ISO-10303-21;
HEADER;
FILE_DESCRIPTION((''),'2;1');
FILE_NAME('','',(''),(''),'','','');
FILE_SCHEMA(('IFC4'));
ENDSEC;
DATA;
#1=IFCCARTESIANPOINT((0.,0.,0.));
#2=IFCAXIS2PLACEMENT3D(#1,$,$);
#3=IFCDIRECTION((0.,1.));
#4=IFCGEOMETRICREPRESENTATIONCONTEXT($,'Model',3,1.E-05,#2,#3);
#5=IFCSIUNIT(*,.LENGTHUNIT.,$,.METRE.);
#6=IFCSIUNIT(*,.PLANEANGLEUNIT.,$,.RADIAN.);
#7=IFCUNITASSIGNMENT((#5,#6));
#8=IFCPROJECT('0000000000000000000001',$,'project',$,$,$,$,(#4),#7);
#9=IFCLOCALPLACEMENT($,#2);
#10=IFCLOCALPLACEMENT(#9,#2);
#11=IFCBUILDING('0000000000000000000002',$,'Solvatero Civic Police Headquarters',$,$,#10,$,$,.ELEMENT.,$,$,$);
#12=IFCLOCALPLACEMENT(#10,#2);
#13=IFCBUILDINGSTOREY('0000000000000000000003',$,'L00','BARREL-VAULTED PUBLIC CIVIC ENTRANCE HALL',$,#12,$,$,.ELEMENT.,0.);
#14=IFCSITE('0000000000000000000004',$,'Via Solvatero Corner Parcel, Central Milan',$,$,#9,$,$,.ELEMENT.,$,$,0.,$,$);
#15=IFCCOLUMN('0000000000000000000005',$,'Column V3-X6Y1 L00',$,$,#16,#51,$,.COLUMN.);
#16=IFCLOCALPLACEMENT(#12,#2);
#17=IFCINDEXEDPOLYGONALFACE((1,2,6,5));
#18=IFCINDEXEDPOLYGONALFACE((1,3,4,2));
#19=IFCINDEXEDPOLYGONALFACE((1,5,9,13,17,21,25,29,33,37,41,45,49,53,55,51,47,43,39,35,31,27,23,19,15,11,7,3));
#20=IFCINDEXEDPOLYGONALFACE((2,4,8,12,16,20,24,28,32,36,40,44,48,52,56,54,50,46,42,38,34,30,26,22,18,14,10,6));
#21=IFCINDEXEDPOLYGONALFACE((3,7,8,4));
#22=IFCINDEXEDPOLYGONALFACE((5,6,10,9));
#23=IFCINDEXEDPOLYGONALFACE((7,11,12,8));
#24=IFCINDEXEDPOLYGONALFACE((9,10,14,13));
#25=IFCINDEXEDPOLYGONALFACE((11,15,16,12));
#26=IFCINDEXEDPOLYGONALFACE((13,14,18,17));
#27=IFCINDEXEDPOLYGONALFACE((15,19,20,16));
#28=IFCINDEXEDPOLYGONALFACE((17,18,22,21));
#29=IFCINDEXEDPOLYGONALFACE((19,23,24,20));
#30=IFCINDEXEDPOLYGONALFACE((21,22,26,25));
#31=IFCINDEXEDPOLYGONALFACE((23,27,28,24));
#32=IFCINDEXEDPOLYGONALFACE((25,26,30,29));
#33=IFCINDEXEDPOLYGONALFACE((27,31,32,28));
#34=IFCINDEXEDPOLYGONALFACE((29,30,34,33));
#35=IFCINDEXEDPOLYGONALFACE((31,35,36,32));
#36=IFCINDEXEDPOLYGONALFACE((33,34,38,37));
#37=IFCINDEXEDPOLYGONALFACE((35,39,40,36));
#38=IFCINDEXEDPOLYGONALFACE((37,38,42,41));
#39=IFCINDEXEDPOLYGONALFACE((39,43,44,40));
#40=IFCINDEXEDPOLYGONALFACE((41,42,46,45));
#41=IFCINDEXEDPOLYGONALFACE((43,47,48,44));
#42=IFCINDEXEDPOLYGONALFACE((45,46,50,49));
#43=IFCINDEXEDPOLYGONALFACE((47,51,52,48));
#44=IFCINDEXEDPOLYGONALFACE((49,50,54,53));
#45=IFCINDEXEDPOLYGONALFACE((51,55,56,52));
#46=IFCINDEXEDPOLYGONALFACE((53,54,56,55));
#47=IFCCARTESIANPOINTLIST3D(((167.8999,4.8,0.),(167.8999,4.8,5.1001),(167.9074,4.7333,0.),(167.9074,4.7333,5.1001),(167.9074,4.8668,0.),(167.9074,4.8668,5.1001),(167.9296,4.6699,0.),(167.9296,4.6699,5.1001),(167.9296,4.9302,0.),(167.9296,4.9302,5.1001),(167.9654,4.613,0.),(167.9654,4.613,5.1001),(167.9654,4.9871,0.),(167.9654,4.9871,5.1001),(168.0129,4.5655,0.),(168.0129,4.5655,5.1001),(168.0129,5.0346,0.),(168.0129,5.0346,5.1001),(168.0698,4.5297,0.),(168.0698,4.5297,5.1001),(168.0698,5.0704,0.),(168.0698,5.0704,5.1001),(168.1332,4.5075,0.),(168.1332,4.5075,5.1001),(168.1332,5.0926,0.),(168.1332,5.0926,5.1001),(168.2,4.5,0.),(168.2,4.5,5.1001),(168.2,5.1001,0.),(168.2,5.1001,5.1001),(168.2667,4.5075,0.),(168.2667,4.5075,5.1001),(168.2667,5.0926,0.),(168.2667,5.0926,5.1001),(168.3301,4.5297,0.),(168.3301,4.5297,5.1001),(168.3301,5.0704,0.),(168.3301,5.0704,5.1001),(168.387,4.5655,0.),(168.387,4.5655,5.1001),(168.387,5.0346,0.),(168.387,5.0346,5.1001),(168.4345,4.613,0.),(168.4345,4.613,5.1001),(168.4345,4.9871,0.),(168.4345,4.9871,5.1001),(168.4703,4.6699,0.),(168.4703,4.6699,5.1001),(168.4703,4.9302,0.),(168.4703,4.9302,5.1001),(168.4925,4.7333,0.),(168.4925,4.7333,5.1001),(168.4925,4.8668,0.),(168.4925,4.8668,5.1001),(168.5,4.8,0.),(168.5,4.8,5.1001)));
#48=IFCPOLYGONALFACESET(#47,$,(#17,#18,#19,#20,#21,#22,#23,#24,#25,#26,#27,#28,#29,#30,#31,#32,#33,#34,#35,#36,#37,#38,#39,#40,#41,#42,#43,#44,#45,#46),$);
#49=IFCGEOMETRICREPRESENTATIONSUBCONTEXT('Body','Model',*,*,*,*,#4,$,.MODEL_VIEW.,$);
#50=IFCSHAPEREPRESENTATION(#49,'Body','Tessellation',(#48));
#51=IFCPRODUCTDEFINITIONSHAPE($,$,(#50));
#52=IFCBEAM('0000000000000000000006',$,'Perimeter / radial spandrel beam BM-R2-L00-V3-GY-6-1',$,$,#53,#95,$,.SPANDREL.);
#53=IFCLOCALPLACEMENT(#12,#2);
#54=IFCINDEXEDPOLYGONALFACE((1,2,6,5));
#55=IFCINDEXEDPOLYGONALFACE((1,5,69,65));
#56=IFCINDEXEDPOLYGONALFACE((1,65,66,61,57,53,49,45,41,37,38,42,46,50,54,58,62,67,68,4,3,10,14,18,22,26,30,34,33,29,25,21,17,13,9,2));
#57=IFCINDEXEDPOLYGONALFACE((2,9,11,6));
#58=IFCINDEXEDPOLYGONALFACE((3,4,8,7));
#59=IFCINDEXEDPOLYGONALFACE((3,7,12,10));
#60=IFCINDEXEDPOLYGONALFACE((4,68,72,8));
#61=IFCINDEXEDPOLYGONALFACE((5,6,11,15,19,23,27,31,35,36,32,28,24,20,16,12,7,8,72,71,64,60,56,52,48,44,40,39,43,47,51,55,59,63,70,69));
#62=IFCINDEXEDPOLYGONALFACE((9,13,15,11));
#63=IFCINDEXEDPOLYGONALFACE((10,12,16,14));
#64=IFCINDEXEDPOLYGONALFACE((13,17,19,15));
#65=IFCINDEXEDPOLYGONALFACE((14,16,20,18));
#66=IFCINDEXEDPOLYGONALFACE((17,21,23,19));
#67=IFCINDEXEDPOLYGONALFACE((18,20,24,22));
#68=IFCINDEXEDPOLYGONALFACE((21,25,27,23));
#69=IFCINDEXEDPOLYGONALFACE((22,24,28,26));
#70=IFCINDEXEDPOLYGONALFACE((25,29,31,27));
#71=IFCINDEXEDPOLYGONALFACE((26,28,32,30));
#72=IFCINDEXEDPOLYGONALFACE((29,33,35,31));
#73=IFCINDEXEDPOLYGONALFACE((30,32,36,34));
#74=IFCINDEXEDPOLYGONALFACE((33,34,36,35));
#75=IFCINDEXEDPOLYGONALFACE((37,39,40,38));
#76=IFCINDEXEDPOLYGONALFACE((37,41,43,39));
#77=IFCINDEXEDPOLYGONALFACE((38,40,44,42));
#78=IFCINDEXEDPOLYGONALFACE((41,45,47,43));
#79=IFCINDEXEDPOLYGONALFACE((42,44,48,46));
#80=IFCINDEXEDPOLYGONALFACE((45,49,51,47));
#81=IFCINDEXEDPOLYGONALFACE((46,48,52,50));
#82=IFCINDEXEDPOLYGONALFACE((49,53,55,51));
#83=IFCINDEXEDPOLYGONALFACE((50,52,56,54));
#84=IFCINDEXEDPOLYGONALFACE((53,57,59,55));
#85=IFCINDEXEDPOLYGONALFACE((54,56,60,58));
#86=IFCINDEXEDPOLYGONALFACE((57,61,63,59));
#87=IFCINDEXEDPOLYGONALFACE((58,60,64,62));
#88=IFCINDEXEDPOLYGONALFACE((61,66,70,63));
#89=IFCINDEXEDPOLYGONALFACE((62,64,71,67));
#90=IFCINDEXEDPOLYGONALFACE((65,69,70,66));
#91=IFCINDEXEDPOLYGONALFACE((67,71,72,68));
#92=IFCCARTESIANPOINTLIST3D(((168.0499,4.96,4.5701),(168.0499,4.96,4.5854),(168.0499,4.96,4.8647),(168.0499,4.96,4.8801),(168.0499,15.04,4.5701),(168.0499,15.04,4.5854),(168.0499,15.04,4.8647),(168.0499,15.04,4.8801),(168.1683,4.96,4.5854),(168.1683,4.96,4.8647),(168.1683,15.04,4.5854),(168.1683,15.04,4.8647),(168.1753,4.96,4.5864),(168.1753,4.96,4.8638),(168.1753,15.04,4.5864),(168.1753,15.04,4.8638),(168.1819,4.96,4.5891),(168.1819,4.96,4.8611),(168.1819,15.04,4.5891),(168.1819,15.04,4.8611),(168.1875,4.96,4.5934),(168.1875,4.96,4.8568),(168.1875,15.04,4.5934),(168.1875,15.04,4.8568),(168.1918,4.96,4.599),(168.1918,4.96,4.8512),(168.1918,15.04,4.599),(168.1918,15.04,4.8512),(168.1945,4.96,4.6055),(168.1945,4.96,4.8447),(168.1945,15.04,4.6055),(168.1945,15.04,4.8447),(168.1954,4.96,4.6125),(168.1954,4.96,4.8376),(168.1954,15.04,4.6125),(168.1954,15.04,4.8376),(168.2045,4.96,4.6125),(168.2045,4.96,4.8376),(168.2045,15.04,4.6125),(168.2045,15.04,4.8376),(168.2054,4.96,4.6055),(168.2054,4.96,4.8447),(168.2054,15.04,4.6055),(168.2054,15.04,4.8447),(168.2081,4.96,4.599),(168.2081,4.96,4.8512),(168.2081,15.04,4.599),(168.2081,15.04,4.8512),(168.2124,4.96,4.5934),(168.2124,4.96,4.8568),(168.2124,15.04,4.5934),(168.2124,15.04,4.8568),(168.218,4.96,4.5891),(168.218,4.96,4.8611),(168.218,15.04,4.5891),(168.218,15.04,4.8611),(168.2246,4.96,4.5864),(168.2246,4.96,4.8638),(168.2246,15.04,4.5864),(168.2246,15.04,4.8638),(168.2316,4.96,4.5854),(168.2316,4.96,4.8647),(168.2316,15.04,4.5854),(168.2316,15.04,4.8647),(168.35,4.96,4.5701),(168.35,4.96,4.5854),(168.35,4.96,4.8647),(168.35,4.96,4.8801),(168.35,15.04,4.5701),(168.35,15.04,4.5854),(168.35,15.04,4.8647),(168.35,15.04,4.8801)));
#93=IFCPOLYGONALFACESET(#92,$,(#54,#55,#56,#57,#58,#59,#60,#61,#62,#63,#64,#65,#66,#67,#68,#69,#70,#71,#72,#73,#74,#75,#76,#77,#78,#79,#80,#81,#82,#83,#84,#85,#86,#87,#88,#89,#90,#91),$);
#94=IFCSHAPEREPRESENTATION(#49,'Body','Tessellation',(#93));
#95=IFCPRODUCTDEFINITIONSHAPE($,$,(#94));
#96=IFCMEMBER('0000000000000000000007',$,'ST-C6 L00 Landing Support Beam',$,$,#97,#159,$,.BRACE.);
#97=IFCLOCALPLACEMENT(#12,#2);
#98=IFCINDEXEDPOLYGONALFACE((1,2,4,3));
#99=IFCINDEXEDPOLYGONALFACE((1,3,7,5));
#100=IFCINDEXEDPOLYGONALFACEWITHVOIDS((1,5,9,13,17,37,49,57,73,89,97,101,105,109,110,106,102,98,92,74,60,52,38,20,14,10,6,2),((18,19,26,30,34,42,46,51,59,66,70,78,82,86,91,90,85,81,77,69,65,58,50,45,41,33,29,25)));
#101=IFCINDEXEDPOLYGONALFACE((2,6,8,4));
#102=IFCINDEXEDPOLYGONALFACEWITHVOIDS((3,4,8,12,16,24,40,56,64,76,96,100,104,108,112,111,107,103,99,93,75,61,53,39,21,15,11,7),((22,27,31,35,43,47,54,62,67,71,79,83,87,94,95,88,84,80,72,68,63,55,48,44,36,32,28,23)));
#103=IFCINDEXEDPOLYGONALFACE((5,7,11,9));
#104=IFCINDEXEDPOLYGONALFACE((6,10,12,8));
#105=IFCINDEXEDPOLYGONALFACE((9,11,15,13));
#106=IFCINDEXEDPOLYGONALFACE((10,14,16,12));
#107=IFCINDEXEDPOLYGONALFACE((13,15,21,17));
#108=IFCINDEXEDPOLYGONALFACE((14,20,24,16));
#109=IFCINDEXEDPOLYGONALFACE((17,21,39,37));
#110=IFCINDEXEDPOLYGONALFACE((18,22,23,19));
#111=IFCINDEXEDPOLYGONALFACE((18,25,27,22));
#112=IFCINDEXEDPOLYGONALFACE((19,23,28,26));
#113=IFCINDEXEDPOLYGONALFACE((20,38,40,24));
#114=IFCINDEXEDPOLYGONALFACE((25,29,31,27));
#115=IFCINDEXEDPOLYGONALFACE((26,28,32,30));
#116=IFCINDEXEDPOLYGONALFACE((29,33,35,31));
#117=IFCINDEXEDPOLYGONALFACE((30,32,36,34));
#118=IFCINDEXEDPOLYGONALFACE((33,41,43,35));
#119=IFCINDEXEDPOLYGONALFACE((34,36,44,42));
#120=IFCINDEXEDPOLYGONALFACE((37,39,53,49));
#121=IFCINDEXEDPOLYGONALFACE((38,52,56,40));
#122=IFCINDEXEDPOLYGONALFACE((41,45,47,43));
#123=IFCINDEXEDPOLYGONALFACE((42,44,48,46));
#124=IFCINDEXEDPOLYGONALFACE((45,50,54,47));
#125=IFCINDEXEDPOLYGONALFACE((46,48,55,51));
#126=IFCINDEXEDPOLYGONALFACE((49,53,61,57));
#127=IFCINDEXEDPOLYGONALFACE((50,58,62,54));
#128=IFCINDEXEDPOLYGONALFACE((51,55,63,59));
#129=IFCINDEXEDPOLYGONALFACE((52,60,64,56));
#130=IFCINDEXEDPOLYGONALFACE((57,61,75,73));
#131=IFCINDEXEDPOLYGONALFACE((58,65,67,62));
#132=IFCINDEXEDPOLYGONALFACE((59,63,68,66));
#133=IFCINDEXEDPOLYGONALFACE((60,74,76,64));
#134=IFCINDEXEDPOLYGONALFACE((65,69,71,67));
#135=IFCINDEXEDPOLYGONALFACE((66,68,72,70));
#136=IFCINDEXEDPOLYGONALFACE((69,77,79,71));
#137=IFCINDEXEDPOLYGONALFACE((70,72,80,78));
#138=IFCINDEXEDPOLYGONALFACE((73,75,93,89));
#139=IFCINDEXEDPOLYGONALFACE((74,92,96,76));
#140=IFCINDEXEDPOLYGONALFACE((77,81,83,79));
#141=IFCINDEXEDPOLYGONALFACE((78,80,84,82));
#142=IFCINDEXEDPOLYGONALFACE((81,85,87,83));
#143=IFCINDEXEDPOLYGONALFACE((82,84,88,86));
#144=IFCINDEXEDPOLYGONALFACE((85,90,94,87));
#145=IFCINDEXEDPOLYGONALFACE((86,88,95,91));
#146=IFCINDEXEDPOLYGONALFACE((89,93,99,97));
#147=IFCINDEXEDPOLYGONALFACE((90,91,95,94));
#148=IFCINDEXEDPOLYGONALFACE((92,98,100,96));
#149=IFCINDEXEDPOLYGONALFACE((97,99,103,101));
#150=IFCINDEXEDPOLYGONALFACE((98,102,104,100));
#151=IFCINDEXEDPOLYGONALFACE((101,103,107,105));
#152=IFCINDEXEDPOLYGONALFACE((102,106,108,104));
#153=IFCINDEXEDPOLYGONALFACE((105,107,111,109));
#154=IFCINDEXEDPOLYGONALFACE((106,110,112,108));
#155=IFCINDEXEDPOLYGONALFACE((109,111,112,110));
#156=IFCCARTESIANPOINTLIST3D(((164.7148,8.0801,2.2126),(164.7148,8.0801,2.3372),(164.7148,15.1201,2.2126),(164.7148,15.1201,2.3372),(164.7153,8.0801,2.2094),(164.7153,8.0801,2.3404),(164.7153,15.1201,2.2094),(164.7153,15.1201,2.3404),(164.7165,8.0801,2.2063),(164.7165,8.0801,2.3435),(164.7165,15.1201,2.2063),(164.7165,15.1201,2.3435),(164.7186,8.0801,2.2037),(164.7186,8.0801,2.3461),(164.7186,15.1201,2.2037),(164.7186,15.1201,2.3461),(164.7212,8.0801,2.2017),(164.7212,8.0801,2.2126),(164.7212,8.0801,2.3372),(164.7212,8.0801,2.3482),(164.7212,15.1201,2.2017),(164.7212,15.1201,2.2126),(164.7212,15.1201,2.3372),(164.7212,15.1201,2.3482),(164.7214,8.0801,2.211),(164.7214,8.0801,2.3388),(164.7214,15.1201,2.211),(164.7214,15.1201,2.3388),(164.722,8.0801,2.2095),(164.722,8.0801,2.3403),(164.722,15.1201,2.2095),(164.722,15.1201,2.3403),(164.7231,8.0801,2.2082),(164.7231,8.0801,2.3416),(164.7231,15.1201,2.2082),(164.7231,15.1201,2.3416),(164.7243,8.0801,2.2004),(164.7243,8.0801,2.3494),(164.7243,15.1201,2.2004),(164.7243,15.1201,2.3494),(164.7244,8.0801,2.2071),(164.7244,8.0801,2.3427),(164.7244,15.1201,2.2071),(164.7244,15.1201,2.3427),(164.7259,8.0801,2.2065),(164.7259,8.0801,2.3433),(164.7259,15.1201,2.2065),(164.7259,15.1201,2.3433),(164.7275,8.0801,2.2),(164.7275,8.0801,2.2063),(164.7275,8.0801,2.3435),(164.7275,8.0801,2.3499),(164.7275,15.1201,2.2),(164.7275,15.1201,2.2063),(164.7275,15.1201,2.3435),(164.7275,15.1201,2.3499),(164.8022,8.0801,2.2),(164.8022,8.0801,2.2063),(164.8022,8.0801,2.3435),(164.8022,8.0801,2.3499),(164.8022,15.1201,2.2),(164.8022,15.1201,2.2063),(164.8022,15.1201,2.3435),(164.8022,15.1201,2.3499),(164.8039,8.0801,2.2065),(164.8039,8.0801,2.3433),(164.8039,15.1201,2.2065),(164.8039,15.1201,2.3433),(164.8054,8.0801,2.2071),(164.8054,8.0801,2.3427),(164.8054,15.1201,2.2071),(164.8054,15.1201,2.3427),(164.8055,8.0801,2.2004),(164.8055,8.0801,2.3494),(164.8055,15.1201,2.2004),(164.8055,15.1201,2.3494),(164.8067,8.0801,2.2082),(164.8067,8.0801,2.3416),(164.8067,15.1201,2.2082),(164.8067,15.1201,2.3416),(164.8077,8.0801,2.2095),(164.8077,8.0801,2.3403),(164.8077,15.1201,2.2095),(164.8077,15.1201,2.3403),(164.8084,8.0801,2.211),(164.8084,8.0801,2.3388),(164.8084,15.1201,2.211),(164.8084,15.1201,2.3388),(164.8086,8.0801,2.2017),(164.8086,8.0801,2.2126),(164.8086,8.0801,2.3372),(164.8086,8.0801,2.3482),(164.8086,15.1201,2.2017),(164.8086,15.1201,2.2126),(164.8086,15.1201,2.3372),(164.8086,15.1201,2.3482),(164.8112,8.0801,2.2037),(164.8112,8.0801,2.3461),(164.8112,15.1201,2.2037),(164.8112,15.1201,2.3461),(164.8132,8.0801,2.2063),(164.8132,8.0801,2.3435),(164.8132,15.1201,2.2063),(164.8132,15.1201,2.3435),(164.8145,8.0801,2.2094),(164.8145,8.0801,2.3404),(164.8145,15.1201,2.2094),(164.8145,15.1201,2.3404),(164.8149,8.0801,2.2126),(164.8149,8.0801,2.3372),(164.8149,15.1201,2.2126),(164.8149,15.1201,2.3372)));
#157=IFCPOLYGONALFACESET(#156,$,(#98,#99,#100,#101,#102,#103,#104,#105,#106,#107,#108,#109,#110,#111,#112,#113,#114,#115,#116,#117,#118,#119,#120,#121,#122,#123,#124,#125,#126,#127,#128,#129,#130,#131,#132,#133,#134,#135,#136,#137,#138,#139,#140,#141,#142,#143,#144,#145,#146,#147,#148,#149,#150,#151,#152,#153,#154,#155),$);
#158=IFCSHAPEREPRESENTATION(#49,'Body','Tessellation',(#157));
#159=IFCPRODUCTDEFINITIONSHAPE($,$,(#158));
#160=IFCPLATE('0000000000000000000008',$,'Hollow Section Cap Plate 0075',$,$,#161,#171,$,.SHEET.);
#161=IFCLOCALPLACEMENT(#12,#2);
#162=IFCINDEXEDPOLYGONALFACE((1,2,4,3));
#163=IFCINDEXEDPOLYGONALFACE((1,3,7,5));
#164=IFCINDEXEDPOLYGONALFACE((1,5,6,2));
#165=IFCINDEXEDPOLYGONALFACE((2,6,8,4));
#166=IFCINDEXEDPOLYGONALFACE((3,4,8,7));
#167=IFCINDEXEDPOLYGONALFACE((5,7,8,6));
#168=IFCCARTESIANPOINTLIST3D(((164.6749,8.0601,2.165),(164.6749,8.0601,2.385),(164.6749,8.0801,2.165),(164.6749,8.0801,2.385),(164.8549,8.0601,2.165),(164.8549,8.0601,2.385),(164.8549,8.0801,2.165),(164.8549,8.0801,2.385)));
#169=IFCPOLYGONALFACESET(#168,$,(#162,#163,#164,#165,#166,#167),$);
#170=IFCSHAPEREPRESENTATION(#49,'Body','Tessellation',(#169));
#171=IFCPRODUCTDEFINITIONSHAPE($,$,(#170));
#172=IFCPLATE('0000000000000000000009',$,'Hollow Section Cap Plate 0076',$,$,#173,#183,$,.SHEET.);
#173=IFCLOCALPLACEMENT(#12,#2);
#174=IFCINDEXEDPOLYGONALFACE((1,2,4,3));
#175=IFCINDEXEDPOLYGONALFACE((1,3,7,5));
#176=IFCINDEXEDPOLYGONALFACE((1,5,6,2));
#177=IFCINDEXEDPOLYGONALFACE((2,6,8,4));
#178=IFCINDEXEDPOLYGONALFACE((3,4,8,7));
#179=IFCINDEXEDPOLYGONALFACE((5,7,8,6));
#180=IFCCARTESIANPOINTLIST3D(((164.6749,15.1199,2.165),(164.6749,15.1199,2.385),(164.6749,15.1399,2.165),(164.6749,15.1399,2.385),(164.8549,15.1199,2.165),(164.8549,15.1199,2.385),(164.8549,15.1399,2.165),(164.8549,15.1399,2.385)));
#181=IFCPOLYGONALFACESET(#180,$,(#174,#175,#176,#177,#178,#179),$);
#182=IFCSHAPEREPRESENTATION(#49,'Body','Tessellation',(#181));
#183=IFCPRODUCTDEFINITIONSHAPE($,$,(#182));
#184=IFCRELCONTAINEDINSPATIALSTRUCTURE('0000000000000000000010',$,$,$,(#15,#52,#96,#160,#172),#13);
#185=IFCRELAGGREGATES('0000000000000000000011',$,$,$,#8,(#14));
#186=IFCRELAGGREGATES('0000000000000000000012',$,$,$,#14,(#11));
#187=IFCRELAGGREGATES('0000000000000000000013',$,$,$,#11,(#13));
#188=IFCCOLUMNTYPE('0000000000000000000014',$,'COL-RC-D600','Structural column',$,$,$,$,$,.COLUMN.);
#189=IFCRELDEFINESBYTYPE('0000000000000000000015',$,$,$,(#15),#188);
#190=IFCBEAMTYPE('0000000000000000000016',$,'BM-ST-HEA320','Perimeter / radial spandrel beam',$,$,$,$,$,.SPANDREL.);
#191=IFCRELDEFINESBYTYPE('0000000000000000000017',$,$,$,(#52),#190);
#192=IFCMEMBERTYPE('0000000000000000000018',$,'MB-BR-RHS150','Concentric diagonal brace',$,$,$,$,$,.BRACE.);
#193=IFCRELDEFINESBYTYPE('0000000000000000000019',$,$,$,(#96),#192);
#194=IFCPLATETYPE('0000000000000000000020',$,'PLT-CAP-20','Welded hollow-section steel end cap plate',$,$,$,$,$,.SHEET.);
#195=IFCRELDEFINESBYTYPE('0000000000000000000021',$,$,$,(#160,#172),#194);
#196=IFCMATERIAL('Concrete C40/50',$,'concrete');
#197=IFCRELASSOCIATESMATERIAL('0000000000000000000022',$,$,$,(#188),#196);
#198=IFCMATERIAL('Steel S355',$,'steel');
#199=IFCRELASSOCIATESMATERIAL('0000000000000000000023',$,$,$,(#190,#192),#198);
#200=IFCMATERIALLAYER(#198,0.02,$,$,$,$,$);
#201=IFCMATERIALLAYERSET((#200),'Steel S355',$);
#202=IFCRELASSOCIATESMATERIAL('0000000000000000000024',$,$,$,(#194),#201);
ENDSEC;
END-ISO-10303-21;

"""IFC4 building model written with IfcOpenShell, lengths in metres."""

from ifc_helpers import new_model, si_unit, direction, frame, origin, origin_2d, place, context, subcontext, project, spatial, rectangle, hollow_rectangle, circle, i_section, extrude, material, layer, layer_set, material_profile, profile_set, type_object, element, save


model = new_model("IFC4")

# Units and contexts
model_context = context("Model", 3, precision=1e-05, world=origin(), true_north=direction((0.0, 1.0)))
body_context = subcontext(model_context, "Body", "Model", "MODEL_VIEW")
ifc_project = project(units=[si_unit("LENGTHUNIT", "METRE"), si_unit("PLANEANGLEUNIT", "RADIAN")], contexts=[model_context])

# Site, building, storey
site_placement = place(None, origin())
site = spatial("IfcSite", under=ifc_project, at=site_placement, Name="Via Solvatero Corner Parcel, Central Milan", CompositionType="ELEMENT", RefElevation=0.0)
building_placement = place(site_placement, origin())
building = spatial("IfcBuilding", under=site, at=building_placement, Name="Solvatero Civic Police Headquarters", CompositionType="ELEMENT")
storey_placement = place(building_placement, origin())
storey = spatial("IfcBuildingStorey", under=building, at=storey_placement, Name="L00", Description="BARREL-VAULTED PUBLIC CIVIC ENTRANCE HALL", CompositionType="ELEMENT", Elevation=0.0)

# Column
ifc_material_1 = material(Name="Concrete C40/50", Category="concrete")
ifc_material_profile_1 = material_profile(ifc_material_1, circle(Radius=0.3, at=origin_2d()), Name="RC COL D600")
ifc_profile_set_1 = profile_set([ifc_material_profile_1], Name="Concrete C40/50")
column_type = type_object("IfcColumnType", Name="COL-RC-D600", Description="Structural column", PredefinedType="COLUMN", material=ifc_profile_set_1)
column_placement = place(storey_placement, frame((168.2, 4.8, 0.0), z_axis=(0.0, 0.0, 1.0), x_axis=(1.0, 0.0, 0.0)))
element("IfcColumn", 1, at=column_placement, inside=storey, type_object=column_type, Name="Column V3-X6Y1 L00", PredefinedType="COLUMN", context=body_context, shape_type="SweptSolid", body=[
    extrude(circle(Radius=0.3, at=origin_2d()), origin(), (0.0, 0.0, 1.0), 5.1001),
])

# Beam
ifc_material_2 = material(Name="Steel S355", Category="steel")
ifc_material_profile_2 = material_profile(ifc_material_2, i_section(OverallWidth=0.3, OverallDepth=0.3101, WebThickness=0.009, FlangeThickness=0.0154, FilletRadius=0.0271, at=origin_2d()), Name="HEA 320")
ifc_profile_set_2 = profile_set([ifc_material_profile_2], Name="Steel S355")
beam_type = type_object("IfcBeamType", Name="BM-ST-HEA320", Description="Perimeter / radial spandrel beam", PredefinedType="SPANDREL", material=ifc_profile_set_2)
beam_placement = place(storey_placement, frame((168.2, 4.96, 4.7251), z_axis=(0.0, 1.0, 0.0), x_axis=(-1.0, 0.0, 0.0)))
element("IfcBeam", 2, at=beam_placement, inside=storey, type_object=beam_type, Name="Perimeter / radial spandrel beam BM-R2-L00-V3-GY-6-1", PredefinedType="SPANDREL", context=body_context, shape_type="SweptSolid", body=[
    extrude(i_section(OverallWidth=0.3, OverallDepth=0.3101, WebThickness=0.009, FlangeThickness=0.0154, FilletRadius=0.0271, at=origin_2d()), origin(), (0.0, 0.0, 1.0), 10.0801),
])

# Member
ifc_material_profile_3 = material_profile(ifc_material_2, hollow_rectangle(XDim=0.1001, YDim=0.1499, WallThickness=0.0063, InnerFilletRadius=0.0063, OuterFilletRadius=0.0127, at=origin_2d()), Name="RHS 150x100x6.3")
ifc_profile_set_3 = profile_set([ifc_material_profile_3], Name="Steel S355")
member_type = type_object("IfcMemberType", Name="MB-BR-RHS150", Description="Concentric diagonal brace", PredefinedType="BRACE", material=ifc_profile_set_3)
member_placement = place(storey_placement, frame((164.7649, 8.0801, 2.2749), z_axis=(0.0, 1.0, 0.0), x_axis=(-1.0, 0.0, 0.0)))
element("IfcMember", 3, at=member_placement, inside=storey, type_object=member_type, Name="ST-C6 L00 Landing Support Beam", PredefinedType="BRACE", context=body_context, shape_type="SweptSolid", body=[
    extrude(hollow_rectangle(XDim=0.1001, YDim=0.1499, WallThickness=0.0063, InnerFilletRadius=0.0063, OuterFilletRadius=0.0127, at=origin_2d()), origin(), (0.0, 0.0, 1.0), 7.04),
])

# Plates
ifc_layer_1 = layer(ifc_material_2, 0.02)
ifc_layer_set_1 = layer_set([ifc_layer_1], Name="Steel S355")
plate_type_1 = type_object("IfcPlateType", Name="PLT-CAP-20", Description="Welded hollow-section steel end cap plate", PredefinedType="SHEET", material=ifc_layer_set_1)
for number, where, z_axis, x_axis, name in (
    (4, (164.7649, 8.0701, 2.165), (0.0, 0.0, 1.0), (1.0, 0.0, 0.0), "Hollow Section Cap Plate 0075"),
    (5, (164.7649, 15.1299, 2.165), (0.0, 0.0, 1.0), (1.0, 0.0, 0.0), "Hollow Section Cap Plate 0076"),
):
    element("IfcPlate", number, at=place(storey_placement, frame(where, z_axis=z_axis, x_axis=x_axis)), inside=storey, type_object=plate_type_1, Name=name, PredefinedType="SHEET", context=body_context, shape_type="SweptSolid", body=[
        extrude(rectangle(XDim=0.1799, YDim=0.02, at=origin_2d()), origin(), (0.0, 0.0, 1.0), 0.22),
    ])

save(model, "model.ifc")
